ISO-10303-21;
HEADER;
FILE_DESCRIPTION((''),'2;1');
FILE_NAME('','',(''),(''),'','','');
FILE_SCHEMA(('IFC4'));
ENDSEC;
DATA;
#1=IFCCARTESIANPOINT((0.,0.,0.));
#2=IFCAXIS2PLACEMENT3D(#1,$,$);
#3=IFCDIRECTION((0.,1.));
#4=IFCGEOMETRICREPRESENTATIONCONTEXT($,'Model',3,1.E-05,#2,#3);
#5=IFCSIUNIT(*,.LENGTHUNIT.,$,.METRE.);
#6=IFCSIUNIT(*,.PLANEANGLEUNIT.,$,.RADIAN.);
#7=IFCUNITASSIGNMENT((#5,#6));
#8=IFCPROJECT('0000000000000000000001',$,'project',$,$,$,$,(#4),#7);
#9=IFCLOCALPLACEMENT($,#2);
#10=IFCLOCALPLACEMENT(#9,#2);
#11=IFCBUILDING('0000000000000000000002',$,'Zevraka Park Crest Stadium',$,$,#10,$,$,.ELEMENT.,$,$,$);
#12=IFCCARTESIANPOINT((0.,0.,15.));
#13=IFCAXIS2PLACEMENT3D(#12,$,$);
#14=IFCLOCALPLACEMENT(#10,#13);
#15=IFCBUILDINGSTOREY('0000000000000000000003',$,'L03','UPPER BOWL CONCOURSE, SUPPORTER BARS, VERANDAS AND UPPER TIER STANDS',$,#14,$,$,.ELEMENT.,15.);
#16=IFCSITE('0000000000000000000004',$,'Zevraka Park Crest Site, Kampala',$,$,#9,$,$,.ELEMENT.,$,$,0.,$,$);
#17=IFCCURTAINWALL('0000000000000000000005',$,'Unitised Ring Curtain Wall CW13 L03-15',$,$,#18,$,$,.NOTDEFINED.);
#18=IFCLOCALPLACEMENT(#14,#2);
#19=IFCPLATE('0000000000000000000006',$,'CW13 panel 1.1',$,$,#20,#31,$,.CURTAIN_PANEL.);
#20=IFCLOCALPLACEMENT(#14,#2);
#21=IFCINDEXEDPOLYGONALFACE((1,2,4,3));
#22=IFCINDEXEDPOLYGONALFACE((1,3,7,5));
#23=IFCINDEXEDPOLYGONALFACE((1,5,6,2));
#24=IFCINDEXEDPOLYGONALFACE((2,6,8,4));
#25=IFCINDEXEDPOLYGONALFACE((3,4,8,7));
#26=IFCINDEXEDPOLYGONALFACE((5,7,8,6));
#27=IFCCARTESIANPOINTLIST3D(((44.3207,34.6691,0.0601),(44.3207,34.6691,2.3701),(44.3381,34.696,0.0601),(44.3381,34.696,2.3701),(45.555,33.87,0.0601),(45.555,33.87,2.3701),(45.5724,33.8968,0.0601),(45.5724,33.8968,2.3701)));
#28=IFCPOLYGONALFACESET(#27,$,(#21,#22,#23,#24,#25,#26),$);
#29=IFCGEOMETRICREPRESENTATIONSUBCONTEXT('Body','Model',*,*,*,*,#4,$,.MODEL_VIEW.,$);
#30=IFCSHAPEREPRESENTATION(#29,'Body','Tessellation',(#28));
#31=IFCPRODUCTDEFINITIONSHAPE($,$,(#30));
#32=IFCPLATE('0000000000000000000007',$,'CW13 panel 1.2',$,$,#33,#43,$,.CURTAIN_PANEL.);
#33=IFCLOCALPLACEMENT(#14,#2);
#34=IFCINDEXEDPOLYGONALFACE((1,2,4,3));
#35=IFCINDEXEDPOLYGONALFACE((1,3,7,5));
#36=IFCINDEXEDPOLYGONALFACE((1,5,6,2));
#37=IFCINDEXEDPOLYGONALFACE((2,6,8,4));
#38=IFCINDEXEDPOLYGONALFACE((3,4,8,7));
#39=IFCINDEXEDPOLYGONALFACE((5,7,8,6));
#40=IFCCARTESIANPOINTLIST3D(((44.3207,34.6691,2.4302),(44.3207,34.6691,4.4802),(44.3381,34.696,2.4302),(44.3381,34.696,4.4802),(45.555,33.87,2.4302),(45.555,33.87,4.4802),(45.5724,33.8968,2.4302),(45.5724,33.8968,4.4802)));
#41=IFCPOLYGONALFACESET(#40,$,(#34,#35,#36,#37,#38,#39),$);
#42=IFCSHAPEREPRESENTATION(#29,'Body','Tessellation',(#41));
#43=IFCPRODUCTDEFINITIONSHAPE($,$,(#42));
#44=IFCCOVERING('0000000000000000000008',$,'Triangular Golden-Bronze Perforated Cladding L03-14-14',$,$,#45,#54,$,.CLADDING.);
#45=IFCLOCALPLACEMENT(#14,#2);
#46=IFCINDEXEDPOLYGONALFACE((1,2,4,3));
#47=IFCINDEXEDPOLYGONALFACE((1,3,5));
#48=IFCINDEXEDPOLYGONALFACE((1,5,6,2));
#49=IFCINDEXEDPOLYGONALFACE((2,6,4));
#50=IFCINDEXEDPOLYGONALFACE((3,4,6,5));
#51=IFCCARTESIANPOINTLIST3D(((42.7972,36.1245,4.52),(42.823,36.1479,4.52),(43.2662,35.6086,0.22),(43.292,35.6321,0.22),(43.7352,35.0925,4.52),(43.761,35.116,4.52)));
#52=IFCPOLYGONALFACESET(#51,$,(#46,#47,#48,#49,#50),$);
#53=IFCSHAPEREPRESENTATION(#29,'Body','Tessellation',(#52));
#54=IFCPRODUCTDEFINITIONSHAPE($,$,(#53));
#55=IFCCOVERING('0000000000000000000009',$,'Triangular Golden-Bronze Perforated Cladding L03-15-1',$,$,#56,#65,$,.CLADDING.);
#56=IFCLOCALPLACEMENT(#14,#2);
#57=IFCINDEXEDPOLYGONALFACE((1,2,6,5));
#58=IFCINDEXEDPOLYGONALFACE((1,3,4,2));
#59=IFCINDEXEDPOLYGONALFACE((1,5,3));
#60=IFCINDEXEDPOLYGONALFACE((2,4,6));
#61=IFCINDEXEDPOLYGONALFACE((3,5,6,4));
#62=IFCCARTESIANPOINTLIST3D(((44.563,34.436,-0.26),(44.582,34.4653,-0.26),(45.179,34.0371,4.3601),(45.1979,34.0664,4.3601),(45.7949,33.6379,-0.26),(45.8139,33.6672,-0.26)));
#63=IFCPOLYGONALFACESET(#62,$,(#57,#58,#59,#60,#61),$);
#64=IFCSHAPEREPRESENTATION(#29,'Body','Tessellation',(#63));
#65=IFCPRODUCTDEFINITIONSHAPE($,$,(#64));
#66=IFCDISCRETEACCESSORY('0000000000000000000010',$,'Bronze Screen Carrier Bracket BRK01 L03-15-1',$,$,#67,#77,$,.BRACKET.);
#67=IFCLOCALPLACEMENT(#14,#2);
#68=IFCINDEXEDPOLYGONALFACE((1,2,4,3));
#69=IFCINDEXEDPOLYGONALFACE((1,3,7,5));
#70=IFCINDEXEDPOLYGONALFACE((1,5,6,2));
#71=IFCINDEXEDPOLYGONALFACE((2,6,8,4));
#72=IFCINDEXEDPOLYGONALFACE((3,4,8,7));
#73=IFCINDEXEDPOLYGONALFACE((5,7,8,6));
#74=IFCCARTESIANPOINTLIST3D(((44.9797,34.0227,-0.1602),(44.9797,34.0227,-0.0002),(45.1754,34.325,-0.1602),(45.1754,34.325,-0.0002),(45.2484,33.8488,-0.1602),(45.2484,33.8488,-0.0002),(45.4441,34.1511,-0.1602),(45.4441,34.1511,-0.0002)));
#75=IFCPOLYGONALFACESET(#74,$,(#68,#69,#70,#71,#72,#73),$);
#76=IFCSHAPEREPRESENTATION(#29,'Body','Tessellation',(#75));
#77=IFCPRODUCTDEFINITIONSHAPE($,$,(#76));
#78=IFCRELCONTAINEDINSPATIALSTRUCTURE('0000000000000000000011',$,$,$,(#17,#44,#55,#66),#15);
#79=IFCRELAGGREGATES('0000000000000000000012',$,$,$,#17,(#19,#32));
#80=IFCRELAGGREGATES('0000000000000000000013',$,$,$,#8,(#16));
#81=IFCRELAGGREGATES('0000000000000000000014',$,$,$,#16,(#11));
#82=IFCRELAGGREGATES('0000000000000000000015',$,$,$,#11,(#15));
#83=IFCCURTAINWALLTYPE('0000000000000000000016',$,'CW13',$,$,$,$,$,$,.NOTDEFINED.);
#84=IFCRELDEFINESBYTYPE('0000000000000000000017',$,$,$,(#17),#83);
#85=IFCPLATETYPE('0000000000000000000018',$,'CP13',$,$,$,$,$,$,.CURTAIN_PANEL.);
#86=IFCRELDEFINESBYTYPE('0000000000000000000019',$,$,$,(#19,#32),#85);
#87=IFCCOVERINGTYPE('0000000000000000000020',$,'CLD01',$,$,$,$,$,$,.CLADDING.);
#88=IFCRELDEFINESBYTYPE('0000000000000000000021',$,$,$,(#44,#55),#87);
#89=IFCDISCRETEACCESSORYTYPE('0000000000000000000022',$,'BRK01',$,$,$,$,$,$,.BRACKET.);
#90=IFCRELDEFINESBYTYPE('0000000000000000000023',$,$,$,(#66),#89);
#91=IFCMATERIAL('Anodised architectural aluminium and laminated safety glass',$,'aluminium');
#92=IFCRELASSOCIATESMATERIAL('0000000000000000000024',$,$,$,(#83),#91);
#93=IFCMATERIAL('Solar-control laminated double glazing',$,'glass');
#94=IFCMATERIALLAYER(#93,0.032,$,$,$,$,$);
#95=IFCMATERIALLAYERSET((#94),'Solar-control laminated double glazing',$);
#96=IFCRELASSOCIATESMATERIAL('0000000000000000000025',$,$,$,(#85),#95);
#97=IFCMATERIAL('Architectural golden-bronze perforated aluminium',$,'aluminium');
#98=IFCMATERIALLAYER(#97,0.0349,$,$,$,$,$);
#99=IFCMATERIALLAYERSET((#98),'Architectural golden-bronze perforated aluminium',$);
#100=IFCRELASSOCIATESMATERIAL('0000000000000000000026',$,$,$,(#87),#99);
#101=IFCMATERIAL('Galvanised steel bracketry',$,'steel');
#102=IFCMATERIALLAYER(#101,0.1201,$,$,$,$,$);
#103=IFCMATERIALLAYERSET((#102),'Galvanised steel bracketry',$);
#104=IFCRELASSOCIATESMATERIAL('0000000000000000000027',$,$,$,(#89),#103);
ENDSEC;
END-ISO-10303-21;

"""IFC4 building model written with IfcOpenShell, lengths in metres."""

from ifc_helpers import new_model, si_unit, direction, frame, origin, origin_2d, place, context, subcontext, project, spatial, polyline, rectangle, outline, extrude, material, layer, layer_set, type_object, element, aggregate, save


model = new_model("IFC4")

# Units and contexts
model_context = context("Model", 3, precision=1e-05, world=origin(), true_north=direction((0.0, 1.0)))
body_context = subcontext(model_context, "Body", "Model", "MODEL_VIEW")
ifc_project = project(units=[si_unit("LENGTHUNIT", "METRE"), si_unit("PLANEANGLEUNIT", "RADIAN")], contexts=[model_context])

# Site, building, storey
site_placement = place(None, origin())
site = spatial("IfcSite", under=ifc_project, at=site_placement, Name="Zevraka Park Crest Site, Kampala", CompositionType="ELEMENT", RefElevation=0.0)
building_placement = place(site_placement, origin())
building = spatial("IfcBuilding", under=site, at=building_placement, Name="Zevraka Park Crest Stadium", CompositionType="ELEMENT")
storey_placement = place(building_placement, frame((0.0, 0.0, 15.0)))
storey = spatial("IfcBuildingStorey", under=building, at=storey_placement, Name="L03", Description="UPPER BOWL CONCOURSE, SUPPORTER BARS, VERANDAS AND UPPER TIER STANDS", CompositionType="ELEMENT", Elevation=15.0)

# Shared definitions
ifc_material_1 = material(Name="Anodised architectural aluminium and laminated safety glass", Category="aluminium")
curtain_wall_type = type_object("IfcCurtainWallType", Name="CW13", PredefinedType="NOTDEFINED", material=ifc_material_1)

# Curtain wall
curtain_wall_1_placement = place(storey_placement, origin())
curtain_wall_1 = element("IfcCurtainWall", 1, at=curtain_wall_1_placement, inside=storey, type_object=curtain_wall_type, Name="Unitised Ring Curtain Wall CW13 L03-15", PredefinedType="NOTDEFINED")

# Plates
ifc_material_2 = material(Name="Solar-control laminated double glazing", Category="glass")
ifc_layer_1 = layer(ifc_material_2, 0.032)
ifc_layer_set_1 = layer_set([ifc_layer_1], Name="Solar-control laminated double glazing")
plate_type = type_object("IfcPlateType", Name="CP13", PredefinedType="CURTAIN_PANEL", material=ifc_layer_set_1)
plate_1_placement = place(storey_placement, frame((44.9465, 34.283, 0.0601), z_axis=(0.0, 0.0, 1.0), x_axis=(0.839429, -0.543469, 0.0)))
plate_1 = element("IfcPlate", 2, at=plate_1_placement, type_object=plate_type, Name="CW13 panel 1.1", PredefinedType="CURTAIN_PANEL", context=body_context, shape_type="SweptSolid", body=[
    extrude(rectangle(XDim=1.4705, YDim=0.032, at=origin_2d()), origin(), (0.0, 0.0, 1.0), 2.3101),
])
plate_2_placement = place(storey_placement, frame((44.9465, 34.283, 2.4302), z_axis=(0.0, 0.0, 1.0), x_axis=(0.839429, -0.543469, 0.0)))
plate_2 = element("IfcPlate", 3, at=plate_2_placement, type_object=plate_type, Name="CW13 panel 1.2", PredefinedType="CURTAIN_PANEL", context=body_context, shape_type="SweptSolid", body=[
    extrude(rectangle(XDim=1.4705, YDim=0.032, at=origin_2d()), origin(), (0.0, 0.0, 1.0), 2.05),
])
aggregate(curtain_wall_1, [plate_1, plate_2])

# Coverings
ifc_material_3 = material(Name="Architectural golden-bronze perforated aluminium", Category="aluminium")
ifc_layer_2 = layer(ifc_material_3, 0.0349)
ifc_layer_set_2 = layer_set([ifc_layer_2], Name="Architectural golden-bronze perforated aluminium")
covering_type = type_object("IfcCoveringType", Name="CLD01", PredefinedType="CLADDING", material=ifc_layer_set_2)
covering_1_placement = place(storey_placement, frame((43.761, 35.116, 4.52), z_axis=(0.740003, 0.672603, 0.000019), x_axis=(-0.672603, 0.740003, 0.0)))
element("IfcCovering", 4, at=covering_1_placement, inside=storey, type_object=covering_type, Name="Triangular Golden-Bronze Perforated Cladding L03-14-14", PredefinedType="CLADDING", context=body_context, shape_type="SweptSolid", body=[
    extrude(outline(polyline([(0.0, 0.0), (1.3946, 0.0), (0.6974, -4.3), (0.0, 0.0)])), origin(), (0.0, 0.0, -1.0), 0.0349),
])
covering_2_placement = place(storey_placement, frame((44.563, 34.436, -0.26), z_axis=(-0.543713, -0.839271, 0.000022), x_axis=(0.839271, -0.543713, 0.0)))
element("IfcCovering", 5, at=covering_2_placement, inside=storey, type_object=covering_type, Name="Triangular Golden-Bronze Perforated Cladding L03-15-1", PredefinedType="CLADDING", context=body_context, shape_type="SweptSolid", body=[
    extrude(outline(polyline([(0.0, 0.0), (1.4679, 0.0), (0.7339, 4.6201), (0.0, 0.0)])), origin(), (0.0, 0.0, -1.0), 0.0349),
])

# Discrete accessory
ifc_material_4 = material(Name="Galvanised steel bracketry", Category="steel")
ifc_layer_3 = layer(ifc_material_4, 0.1201)
ifc_layer_set_3 = layer_set([ifc_layer_3], Name="Galvanised steel bracketry")
discrete_accessory_type = type_object("IfcDiscreteAccessoryType", Name="BRK01", PredefinedType="BRACKET", material=ifc_layer_set_3)
discrete_accessory_placement = place(storey_placement, frame((45.2119, 34.0869, -0.1602), z_axis=(0.0, 0.0, 1.0), x_axis=(0.83943, -0.543467, 0.0)))
element("IfcDiscreteAccessory", 6, at=discrete_accessory_placement, inside=storey, type_object=discrete_accessory_type, Name="Bronze Screen Carrier Bracket BRK01 L03-15-1", PredefinedType="BRACKET", context=body_context, shape_type="SweptSolid", body=[
    extrude(rectangle(XDim=0.3201, YDim=0.3601, at=origin_2d()), origin(), (0.0, 0.0, 1.0), 0.1599),
])

save(model, "model.ifc")
